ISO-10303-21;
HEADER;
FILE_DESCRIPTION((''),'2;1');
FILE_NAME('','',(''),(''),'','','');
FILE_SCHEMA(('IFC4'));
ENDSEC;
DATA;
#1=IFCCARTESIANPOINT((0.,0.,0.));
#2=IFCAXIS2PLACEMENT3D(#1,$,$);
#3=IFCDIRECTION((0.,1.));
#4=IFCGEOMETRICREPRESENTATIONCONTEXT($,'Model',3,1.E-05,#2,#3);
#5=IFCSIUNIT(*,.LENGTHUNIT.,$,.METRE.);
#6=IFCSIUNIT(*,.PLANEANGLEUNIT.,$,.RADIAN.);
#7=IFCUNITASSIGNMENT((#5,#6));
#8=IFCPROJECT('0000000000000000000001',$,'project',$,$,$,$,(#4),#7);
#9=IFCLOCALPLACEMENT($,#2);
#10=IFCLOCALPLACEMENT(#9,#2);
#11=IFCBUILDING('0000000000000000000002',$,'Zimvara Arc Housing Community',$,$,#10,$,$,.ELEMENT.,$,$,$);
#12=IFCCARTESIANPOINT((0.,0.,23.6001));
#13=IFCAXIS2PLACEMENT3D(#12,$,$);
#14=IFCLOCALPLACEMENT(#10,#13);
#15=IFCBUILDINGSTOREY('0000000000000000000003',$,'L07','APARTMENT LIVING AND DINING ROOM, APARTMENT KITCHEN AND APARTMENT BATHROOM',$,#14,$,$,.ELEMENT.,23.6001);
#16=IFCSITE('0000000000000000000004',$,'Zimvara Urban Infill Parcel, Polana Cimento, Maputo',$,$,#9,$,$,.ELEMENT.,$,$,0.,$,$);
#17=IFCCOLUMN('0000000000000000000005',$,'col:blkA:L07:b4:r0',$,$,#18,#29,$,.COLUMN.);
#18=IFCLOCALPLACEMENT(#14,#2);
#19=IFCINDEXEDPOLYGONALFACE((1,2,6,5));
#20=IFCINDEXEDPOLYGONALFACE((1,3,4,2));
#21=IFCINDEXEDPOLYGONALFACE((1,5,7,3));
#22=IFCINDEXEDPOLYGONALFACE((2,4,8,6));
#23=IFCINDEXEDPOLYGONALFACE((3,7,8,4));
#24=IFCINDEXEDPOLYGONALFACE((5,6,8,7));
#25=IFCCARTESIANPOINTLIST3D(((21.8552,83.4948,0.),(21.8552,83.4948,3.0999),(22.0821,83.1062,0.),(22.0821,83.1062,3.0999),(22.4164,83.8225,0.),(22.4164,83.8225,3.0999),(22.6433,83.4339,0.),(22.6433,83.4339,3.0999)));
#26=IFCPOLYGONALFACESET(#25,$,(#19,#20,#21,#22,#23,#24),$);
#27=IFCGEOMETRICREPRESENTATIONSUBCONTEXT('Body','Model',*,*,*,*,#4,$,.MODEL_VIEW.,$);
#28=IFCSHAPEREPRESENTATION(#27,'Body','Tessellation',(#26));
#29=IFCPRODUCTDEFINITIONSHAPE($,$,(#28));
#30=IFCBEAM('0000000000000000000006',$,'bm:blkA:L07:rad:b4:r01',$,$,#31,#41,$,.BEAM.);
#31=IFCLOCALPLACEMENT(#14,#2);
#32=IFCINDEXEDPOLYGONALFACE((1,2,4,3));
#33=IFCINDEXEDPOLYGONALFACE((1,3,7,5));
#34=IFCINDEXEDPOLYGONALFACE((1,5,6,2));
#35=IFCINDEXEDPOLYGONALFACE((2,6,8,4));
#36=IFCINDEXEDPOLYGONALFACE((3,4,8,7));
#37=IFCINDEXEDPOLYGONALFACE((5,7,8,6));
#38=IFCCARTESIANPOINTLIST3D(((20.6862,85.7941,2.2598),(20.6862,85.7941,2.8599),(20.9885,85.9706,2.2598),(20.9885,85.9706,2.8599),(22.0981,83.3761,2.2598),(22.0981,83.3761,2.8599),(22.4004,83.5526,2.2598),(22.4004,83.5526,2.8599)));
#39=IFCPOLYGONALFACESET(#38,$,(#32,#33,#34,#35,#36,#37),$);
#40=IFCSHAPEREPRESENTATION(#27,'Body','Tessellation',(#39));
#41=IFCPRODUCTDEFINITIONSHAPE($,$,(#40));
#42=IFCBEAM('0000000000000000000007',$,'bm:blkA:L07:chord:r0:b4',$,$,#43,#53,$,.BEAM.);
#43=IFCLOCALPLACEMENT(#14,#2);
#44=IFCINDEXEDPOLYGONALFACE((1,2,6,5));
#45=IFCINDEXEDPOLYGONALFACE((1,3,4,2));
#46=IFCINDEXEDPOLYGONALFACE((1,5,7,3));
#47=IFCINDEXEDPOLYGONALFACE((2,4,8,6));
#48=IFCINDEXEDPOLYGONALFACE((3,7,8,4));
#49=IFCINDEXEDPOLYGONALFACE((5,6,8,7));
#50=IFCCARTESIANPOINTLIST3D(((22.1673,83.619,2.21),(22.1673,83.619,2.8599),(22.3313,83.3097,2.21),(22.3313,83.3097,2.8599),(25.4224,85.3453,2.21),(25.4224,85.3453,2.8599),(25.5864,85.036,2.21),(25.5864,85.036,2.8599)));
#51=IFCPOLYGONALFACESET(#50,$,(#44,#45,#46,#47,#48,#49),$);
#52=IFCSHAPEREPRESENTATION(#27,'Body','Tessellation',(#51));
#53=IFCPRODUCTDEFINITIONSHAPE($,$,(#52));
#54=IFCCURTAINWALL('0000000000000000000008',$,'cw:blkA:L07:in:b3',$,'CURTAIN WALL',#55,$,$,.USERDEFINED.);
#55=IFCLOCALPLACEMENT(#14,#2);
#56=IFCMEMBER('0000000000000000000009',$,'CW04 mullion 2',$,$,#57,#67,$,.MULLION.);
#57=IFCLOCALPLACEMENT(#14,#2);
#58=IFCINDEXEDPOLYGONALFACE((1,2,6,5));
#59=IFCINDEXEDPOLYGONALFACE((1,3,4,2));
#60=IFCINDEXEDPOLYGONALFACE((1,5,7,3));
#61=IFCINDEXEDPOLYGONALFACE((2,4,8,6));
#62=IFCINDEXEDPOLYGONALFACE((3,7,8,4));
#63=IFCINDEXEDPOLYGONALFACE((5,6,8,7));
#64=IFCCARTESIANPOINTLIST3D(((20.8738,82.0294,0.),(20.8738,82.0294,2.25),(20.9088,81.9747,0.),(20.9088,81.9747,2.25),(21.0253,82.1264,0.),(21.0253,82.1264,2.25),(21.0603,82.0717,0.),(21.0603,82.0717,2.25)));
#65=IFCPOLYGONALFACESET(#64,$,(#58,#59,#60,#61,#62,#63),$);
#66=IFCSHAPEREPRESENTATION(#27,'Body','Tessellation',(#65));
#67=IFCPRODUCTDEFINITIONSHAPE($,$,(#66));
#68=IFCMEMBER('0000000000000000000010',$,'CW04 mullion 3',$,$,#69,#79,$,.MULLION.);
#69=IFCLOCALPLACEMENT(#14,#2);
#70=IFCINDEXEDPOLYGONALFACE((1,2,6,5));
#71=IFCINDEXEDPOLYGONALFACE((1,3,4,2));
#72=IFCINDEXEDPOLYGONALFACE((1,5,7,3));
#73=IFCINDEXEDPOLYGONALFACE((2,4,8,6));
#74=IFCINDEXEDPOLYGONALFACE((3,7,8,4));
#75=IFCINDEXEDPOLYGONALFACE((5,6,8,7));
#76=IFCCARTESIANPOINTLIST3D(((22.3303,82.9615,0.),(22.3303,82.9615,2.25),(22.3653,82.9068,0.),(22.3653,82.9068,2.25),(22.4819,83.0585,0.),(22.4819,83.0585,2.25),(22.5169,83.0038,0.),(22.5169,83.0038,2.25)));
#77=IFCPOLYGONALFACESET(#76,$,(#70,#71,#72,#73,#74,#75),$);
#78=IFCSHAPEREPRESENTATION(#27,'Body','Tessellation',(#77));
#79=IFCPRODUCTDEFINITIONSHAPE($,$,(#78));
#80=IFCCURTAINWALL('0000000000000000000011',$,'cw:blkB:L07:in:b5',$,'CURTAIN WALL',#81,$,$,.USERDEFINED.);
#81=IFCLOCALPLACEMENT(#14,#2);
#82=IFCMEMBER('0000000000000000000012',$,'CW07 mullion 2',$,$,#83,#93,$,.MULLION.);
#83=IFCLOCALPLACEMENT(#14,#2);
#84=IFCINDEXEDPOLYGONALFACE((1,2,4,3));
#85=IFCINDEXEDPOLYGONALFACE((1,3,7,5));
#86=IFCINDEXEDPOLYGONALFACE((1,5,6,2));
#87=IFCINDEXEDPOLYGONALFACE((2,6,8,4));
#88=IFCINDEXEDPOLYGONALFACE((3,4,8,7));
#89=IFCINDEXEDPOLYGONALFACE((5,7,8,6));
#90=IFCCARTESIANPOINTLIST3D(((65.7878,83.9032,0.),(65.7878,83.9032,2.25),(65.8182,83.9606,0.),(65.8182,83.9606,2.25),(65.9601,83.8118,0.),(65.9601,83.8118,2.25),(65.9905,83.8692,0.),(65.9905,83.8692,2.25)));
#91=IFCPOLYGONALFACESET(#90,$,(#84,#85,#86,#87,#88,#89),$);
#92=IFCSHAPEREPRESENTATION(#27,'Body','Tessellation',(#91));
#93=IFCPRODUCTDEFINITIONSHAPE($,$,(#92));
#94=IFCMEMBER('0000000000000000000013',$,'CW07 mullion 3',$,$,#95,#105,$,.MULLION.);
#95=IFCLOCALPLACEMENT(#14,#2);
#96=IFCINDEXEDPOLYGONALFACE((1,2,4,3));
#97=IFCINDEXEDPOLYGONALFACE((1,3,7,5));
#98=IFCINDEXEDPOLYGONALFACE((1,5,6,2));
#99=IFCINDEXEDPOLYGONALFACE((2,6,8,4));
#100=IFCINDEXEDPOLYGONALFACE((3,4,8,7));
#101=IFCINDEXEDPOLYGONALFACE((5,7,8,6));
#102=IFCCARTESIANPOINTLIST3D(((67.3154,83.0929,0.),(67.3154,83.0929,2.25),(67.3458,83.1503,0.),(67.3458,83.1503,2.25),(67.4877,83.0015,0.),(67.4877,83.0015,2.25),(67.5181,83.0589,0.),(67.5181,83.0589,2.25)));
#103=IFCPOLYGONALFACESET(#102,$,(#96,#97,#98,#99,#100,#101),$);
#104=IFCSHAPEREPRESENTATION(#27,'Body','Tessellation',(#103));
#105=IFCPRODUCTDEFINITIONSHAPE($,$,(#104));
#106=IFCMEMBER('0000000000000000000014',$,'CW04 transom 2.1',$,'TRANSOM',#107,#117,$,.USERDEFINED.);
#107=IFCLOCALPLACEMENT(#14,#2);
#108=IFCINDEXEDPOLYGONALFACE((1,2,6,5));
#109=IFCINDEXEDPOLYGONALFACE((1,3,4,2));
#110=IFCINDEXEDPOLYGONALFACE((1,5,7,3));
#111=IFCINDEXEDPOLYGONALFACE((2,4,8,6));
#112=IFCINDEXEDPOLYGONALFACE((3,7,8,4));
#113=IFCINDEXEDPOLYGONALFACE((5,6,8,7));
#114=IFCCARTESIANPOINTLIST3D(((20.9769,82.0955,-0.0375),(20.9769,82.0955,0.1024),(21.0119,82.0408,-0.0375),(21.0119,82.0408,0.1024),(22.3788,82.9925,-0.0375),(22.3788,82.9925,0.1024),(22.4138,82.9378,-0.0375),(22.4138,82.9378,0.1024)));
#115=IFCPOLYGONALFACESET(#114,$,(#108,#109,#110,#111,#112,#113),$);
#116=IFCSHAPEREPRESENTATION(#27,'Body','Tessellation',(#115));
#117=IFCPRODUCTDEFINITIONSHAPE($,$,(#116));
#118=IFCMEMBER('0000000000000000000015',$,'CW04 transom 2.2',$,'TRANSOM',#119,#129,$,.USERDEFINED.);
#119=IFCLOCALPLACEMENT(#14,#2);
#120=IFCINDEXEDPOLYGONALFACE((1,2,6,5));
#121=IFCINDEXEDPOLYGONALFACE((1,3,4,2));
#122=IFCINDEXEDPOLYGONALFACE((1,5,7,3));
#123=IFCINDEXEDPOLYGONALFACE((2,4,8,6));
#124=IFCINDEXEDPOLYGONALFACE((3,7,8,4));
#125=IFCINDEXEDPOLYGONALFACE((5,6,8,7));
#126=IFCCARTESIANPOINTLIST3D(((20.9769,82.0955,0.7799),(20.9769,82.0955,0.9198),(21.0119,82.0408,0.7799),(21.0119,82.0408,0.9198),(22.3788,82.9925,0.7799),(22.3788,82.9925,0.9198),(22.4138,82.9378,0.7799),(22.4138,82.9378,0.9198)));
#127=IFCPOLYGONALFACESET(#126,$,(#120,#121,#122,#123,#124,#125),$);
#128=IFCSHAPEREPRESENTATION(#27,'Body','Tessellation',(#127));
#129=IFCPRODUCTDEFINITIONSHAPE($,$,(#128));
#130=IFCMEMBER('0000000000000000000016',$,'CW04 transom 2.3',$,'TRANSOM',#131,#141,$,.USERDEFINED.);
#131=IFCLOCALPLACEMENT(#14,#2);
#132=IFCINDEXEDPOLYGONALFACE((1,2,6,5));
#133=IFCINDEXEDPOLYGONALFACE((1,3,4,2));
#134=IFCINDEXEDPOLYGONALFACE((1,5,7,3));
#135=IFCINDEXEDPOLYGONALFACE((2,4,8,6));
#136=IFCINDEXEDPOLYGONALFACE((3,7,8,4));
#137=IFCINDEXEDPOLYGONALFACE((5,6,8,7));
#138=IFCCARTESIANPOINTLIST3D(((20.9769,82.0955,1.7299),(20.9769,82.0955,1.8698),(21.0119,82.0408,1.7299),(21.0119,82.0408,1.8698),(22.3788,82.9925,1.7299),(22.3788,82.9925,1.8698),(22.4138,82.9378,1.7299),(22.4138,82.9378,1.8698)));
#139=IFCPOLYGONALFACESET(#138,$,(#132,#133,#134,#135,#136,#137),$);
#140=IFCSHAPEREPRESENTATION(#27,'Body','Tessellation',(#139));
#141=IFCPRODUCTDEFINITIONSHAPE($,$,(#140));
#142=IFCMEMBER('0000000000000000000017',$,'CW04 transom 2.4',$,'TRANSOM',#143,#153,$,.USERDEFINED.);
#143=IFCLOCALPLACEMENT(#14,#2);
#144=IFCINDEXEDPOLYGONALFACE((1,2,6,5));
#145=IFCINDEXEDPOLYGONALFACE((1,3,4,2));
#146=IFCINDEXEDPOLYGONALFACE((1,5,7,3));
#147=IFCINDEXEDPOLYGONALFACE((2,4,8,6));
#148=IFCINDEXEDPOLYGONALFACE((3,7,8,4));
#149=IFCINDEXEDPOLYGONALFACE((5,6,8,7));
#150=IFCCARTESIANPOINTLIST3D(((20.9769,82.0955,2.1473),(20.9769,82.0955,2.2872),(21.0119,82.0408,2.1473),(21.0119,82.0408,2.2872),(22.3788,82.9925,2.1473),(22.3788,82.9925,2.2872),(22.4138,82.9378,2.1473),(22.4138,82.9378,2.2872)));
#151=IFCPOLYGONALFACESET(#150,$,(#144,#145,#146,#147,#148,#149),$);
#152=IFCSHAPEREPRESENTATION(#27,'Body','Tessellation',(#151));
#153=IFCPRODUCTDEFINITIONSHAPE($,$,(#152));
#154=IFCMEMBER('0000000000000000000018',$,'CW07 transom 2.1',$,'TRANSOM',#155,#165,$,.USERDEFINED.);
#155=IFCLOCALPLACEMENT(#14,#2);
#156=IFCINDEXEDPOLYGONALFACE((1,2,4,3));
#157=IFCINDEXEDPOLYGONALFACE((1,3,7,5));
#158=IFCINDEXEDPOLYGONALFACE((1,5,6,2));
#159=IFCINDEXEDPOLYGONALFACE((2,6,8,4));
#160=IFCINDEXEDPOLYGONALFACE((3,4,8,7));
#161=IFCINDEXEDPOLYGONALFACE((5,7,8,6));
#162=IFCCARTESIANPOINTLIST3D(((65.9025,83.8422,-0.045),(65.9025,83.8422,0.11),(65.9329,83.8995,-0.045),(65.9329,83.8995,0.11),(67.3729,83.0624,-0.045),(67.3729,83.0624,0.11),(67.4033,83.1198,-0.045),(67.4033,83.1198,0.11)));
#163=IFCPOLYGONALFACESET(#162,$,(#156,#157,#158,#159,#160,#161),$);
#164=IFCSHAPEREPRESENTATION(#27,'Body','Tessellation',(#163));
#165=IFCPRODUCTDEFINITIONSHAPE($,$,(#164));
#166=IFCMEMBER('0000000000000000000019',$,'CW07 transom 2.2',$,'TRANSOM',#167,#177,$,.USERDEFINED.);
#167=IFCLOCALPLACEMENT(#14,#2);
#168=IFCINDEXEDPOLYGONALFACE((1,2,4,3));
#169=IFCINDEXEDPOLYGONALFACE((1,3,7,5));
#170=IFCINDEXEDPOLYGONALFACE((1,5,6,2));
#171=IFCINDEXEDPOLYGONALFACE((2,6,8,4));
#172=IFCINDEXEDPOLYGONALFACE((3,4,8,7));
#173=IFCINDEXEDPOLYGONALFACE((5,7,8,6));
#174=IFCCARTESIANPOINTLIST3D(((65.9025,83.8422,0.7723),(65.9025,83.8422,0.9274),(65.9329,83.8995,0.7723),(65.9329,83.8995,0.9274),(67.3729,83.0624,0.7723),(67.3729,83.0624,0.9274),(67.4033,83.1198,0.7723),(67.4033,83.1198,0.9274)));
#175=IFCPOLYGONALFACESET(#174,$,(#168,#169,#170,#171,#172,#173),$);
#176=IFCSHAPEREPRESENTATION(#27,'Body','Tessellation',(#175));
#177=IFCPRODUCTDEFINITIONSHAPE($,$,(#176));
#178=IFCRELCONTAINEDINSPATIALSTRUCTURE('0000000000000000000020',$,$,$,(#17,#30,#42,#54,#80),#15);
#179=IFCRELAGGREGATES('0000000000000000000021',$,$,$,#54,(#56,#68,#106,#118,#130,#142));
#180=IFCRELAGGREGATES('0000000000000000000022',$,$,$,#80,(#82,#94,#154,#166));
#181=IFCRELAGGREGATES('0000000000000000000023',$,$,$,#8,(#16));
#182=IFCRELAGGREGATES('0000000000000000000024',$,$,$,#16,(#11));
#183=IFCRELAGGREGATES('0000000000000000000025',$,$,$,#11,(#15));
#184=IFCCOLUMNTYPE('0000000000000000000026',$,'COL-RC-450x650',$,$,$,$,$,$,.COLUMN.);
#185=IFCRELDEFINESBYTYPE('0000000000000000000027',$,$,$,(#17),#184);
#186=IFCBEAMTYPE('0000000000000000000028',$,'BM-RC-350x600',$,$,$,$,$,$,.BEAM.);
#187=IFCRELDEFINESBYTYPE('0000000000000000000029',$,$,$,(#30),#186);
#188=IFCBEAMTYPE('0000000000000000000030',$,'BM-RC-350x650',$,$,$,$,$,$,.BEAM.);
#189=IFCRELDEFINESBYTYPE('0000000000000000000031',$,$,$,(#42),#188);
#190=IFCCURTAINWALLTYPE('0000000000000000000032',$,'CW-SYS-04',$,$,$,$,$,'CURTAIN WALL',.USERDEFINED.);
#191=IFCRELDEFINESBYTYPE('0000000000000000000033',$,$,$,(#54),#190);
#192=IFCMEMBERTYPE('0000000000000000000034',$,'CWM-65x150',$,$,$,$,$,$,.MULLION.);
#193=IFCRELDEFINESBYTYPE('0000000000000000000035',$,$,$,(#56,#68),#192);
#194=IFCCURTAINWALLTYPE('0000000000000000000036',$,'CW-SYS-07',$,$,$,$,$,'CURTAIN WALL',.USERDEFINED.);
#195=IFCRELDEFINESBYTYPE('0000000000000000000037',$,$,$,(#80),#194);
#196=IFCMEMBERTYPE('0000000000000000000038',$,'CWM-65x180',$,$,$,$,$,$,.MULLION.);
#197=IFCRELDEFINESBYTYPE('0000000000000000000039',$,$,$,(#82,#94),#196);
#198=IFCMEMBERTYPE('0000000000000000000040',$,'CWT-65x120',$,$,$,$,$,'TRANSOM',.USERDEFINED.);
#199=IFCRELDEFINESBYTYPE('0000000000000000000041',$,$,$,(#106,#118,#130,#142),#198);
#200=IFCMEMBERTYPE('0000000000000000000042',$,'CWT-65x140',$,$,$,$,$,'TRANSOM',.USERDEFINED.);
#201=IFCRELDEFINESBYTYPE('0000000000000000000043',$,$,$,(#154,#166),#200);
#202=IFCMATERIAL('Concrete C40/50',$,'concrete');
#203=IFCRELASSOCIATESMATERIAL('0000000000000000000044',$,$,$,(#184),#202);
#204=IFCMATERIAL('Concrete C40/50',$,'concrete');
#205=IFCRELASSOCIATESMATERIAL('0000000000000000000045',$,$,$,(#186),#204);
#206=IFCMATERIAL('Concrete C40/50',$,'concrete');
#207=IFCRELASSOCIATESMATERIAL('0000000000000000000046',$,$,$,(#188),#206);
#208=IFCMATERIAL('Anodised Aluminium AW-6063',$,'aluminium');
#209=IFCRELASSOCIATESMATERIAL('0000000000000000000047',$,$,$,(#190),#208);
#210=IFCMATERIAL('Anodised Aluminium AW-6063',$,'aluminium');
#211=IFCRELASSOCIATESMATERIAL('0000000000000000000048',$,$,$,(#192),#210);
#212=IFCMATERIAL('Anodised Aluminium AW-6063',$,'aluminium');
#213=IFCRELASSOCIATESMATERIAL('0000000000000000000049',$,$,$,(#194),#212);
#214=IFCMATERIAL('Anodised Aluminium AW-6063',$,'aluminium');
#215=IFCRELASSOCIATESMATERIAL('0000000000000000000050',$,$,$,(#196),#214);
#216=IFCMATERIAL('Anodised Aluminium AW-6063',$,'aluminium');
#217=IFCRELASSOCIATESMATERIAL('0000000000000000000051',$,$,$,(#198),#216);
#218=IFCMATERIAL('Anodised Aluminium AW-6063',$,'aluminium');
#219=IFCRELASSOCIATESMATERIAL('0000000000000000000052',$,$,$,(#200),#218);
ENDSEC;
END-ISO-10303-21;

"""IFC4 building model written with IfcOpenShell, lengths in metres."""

from ifc_helpers import new_model, si_unit, direction, frame, origin, origin_2d, place, context, subcontext, project, spatial, rectangle, extrude, material, material_profile, profile_set, type_object, element, aggregate, save


model = new_model("IFC4")

# Units and contexts
model_context = context("Model", 3, precision=1e-05, world=origin(), true_north=direction((0.0, 1.0)))
body_context = subcontext(model_context, "Body", "Model", "MODEL_VIEW")
ifc_project = project(units=[si_unit("LENGTHUNIT", "METRE"), si_unit("PLANEANGLEUNIT", "RADIAN")], contexts=[model_context])

# Site, building, storey
site_placement = place(None, origin())
site = spatial("IfcSite", under=ifc_project, at=site_placement, Name="Zimvara Urban Infill Parcel, Polana Cimento, Maputo", CompositionType="ELEMENT", RefElevation=0.0)
building_placement = place(site_placement, origin())
building = spatial("IfcBuilding", under=site, at=building_placement, Name="Zimvara Arc Housing Community", CompositionType="ELEMENT")
storey_placement = place(building_placement, frame((0.0, 0.0, 23.6001)))
storey = spatial("IfcBuildingStorey", under=building, at=storey_placement, Name="L07", Description="APARTMENT LIVING AND DINING ROOM, APARTMENT KITCHEN AND APARTMENT BATHROOM", CompositionType="ELEMENT", Elevation=23.6001)

# Column
ifc_material_1 = material(Name="Concrete C40/50", Category="concrete")
ifc_material_profile_1 = material_profile(ifc_material_1, rectangle(XDim=0.45, YDim=0.6499, at=origin_2d()), Name="RC 450x650")
ifc_profile_set_1 = profile_set([ifc_material_profile_1], Name="Concrete C40/50")
column_type = type_object("IfcColumnType", Name="COL-RC-450x650", PredefinedType="COLUMN", material=ifc_profile_set_1)
column_placement = place(storey_placement, frame((22.2493, 83.4644, 0.0), z_axis=(0.0, 0.0, 1.0), x_axis=(-0.504226, 0.863572, 0.0)))
element("IfcColumn", 1, at=column_placement, inside=storey, type_object=column_type, Name="col:blkA:L07:b4:r0", PredefinedType="COLUMN", context=body_context, shape_type="SweptSolid", body=[
    extrude(rectangle(XDim=0.45, YDim=0.6499, at=origin_2d()), origin(), (0.0, 0.0, 1.0), 3.0999),
])

# Beams
ifc_material_2 = material(Name="Concrete C40/50", Category="concrete")
ifc_material_profile_2 = material_profile(ifc_material_2, rectangle(XDim=0.3501, YDim=0.6001, at=origin_2d()), Name="RC 350x600")
ifc_profile_set_2 = profile_set([ifc_material_profile_2], Name="Concrete C40/50")
beam_type_1 = type_object("IfcBeamType", Name="BM-RC-350x600", PredefinedType="BEAM", material=ifc_profile_set_2)
beam_1_placement = place(storey_placement, frame((22.2493, 83.4644, 2.5598), z_axis=(-0.50424, 0.863564, 0.0), x_axis=(-0.863564, -0.50424, 0.0)))
element("IfcBeam", 2, at=beam_1_placement, inside=storey, type_object=beam_type_1, Name="bm:blkA:L07:rad:b4:r01", PredefinedType="BEAM", context=body_context, shape_type="SweptSolid", body=[
    extrude(rectangle(XDim=0.3501, YDim=0.6001, at=origin_2d()), origin(), (0.0, 0.0, 1.0), 2.8),
])
ifc_material_3 = material(Name="Concrete C40/50", Category="concrete")
ifc_material_profile_3 = material_profile(ifc_material_3, rectangle(XDim=0.3501, YDim=0.6499, at=origin_2d()), Name="RC 350x650")
ifc_profile_set_3 = profile_set([ifc_material_profile_3], Name="Concrete C40/50")
beam_type_2 = type_object("IfcBeamType", Name="BM-RC-350x650", PredefinedType="BEAM", material=ifc_profile_set_3)
beam_2_placement = place(storey_placement, frame((22.2493, 83.4644, 2.5349), z_axis=(0.883449, 0.468527, 0.0), x_axis=(-0.468527, 0.883449, 0.0)))
element("IfcBeam", 3, at=beam_2_placement, inside=storey, type_object=beam_type_2, Name="bm:blkA:L07:chord:r0:b4", PredefinedType="BEAM", context=body_context, shape_type="SweptSolid", body=[
    extrude(rectangle(XDim=0.3501, YDim=0.6499, at=origin_2d()), origin(), (0.0, 0.0, 1.0), 3.6846),
])

# Curtain walls, members
ifc_material_4 = material(Name="Anodised Aluminium AW-6063", Category="aluminium")
curtain_wall_type_1 = type_object("IfcCurtainWallType", Name="CW-SYS-04", ElementType="CURTAIN WALL", PredefinedType="USERDEFINED", material=ifc_material_4)
curtain_wall_1_placement = place(storey_placement, origin())
curtain_wall_1 = element("IfcCurtainWall", 4, at=curtain_wall_1_placement, inside=storey, type_object=curtain_wall_type_1, Name="cw:blkA:L07:in:b3", ObjectType="CURTAIN WALL", PredefinedType="USERDEFINED")
ifc_material_5 = material(Name="Anodised Aluminium AW-6063", Category="aluminium")
ifc_material_profile_4 = material_profile(ifc_material_5, rectangle(XDim=0.0649, YDim=0.1799, at=origin_2d()), Name="ALU 65x180")
ifc_profile_set_4 = profile_set([ifc_material_profile_4], Name="Anodised Aluminium AW-6063")
member_type_1 = type_object("IfcMemberType", Name="CWM-65x150", PredefinedType="MULLION", material=ifc_profile_set_4)
member_1_placement = place(storey_placement, frame((20.967, 82.0505, 0.0), z_axis=(0.0, 0.0, 1.0), x_axis=(-0.539064, 0.842265, 0.0)))
member_1 = element("IfcMember", 5, at=member_1_placement, type_object=member_type_1, Name="CW04 mullion 2", PredefinedType="MULLION", context=body_context, shape_type="SweptSolid", body=[
    extrude(rectangle(XDim=0.0649, YDim=0.1799, at=origin_2d()), origin(), (0.0, 0.0, 1.0), 2.25),
])
member_2_placement = place(storey_placement, frame((22.4236, 82.9827, 0.0), z_axis=(0.0, 0.0, 1.0), x_axis=(-0.539064, 0.842265, 0.0)))
member_2 = element("IfcMember", 6, at=member_2_placement, type_object=member_type_1, Name="CW04 mullion 3", PredefinedType="MULLION", context=body_context, shape_type="SweptSolid", body=[
    extrude(rectangle(XDim=0.0649, YDim=0.1799, at=origin_2d()), origin(), (0.0, 0.0, 1.0), 2.25),
])
ifc_material_6 = material(Name="Anodised Aluminium AW-6063", Category="aluminium")
curtain_wall_type_2 = type_object("IfcCurtainWallType", Name="CW-SYS-07", ElementType="CURTAIN WALL", PredefinedType="USERDEFINED", material=ifc_material_6)
curtain_wall_2_placement = place(storey_placement, origin())
curtain_wall_2 = element("IfcCurtainWall", 7, at=curtain_wall_2_placement, inside=storey, type_object=curtain_wall_type_2, Name="cw:blkB:L07:in:b5", ObjectType="CURTAIN WALL", PredefinedType="USERDEFINED")
ifc_material_7 = material(Name="Anodised Aluminium AW-6063", Category="aluminium")
ifc_material_profile_5 = material_profile(ifc_material_7, rectangle(XDim=0.0649, YDim=0.1951, at=origin_2d()), Name="ALU 65x195")
ifc_profile_set_5 = profile_set([ifc_material_profile_5], Name="Anodised Aluminium AW-6063")
member_type_2 = type_object("IfcMemberType", Name="CWM-65x180", PredefinedType="MULLION", material=ifc_profile_set_5)
member_3_placement = place(storey_placement, frame((65.8892, 83.8862, 0.0), z_axis=(0.0, 0.0, 1.0), x_axis=(0.468545, 0.88344, 0.0)))
member_3 = element("IfcMember", 8, at=member_3_placement, type_object=member_type_2, Name="CW07 mullion 2", PredefinedType="MULLION", context=body_context, shape_type="SweptSolid", body=[
    extrude(rectangle(XDim=0.0649, YDim=0.1951, at=origin_2d()), origin(), (0.0, 0.0, 1.0), 2.25),
])
member_4_placement = place(storey_placement, frame((67.4167, 83.0759, 0.0), z_axis=(0.0, 0.0, 1.0), x_axis=(0.468545, 0.88344, 0.0)))
member_4 = element("IfcMember", 9, at=member_4_placement, type_object=member_type_2, Name="CW07 mullion 3", PredefinedType="MULLION", context=body_context, shape_type="SweptSolid", body=[
    extrude(rectangle(XDim=0.0649, YDim=0.1951, at=origin_2d()), origin(), (0.0, 0.0, 1.0), 2.25),
])

# Members
ifc_material_8 = material(Name="Anodised Aluminium AW-6063", Category="aluminium")
ifc_material_profile_6 = material_profile(ifc_material_8, rectangle(XDim=0.0649, YDim=0.1399, at=origin_2d()), Name="ALU 65x140")
ifc_profile_set_6 = profile_set([ifc_material_profile_6], Name="Anodised Aluminium AW-6063")
member_type_3 = type_object("IfcMemberType", Name="CWT-65x120", ElementType="TRANSOM", PredefinedType="USERDEFINED", material=ifc_profile_set_6)
member_5_placement = place(storey_placement, frame((20.9944, 82.0681, 0.0325), z_axis=(0.84233, 0.538962, 0.0), x_axis=(-0.538962, 0.84233, 0.0)))
member_5 = element("IfcMember", 10, at=member_5_placement, type_object=member_type_3, Name="CW04 transom 2.1", ObjectType="TRANSOM", PredefinedType="USERDEFINED", context=body_context, shape_type="SweptSolid", body=[
    extrude(rectangle(XDim=0.0649, YDim=0.1399, at=origin_2d()), origin(), (0.0, 0.0, 1.0), 1.6643),
])
member_6_placement = place(storey_placement, frame((20.9944, 82.0681, 0.8499), z_axis=(0.84233, 0.538962, 0.0), x_axis=(-0.538962, 0.84233, 0.0)))
member_6 = element("IfcMember", 11, at=member_6_placement, type_object=member_type_3, Name="CW04 transom 2.2", ObjectType="TRANSOM", PredefinedType="USERDEFINED", context=body_context, shape_type="SweptSolid", body=[
    extrude(rectangle(XDim=0.0649, YDim=0.1399, at=origin_2d()), origin(), (0.0, 0.0, 1.0), 1.6643),
])
member_7_placement = place(storey_placement, frame((20.9944, 82.0681, 1.7998), z_axis=(0.84233, 0.538962, 0.0), x_axis=(-0.538962, 0.84233, 0.0)))
member_7 = element("IfcMember", 12, at=member_7_placement, type_object=member_type_3, Name="CW04 transom 2.3", ObjectType="TRANSOM", PredefinedType="USERDEFINED", context=body_context, shape_type="SweptSolid", body=[
    extrude(rectangle(XDim=0.0649, YDim=0.1399, at=origin_2d()), origin(), (0.0, 0.0, 1.0), 1.6643),
])
member_8_placement = place(storey_placement, frame((20.9944, 82.0681, 2.2173), z_axis=(0.84233, 0.538962, 0.0), x_axis=(-0.538962, 0.84233, 0.0)))
member_8 = element("IfcMember", 13, at=member_8_placement, type_object=member_type_3, Name="CW04 transom 2.4", ObjectType="TRANSOM", PredefinedType="USERDEFINED", context=body_context, shape_type="SweptSolid", body=[
    extrude(rectangle(XDim=0.0649, YDim=0.1399, at=origin_2d()), origin(), (0.0, 0.0, 1.0), 1.6643),
])
ifc_material_9 = material(Name="Anodised Aluminium AW-6063", Category="aluminium")
ifc_material_profile_7 = material_profile(ifc_material_9, rectangle(XDim=0.0649, YDim=0.155, at=origin_2d()), Name="ALU 65x155")
ifc_profile_set_7 = profile_set([ifc_material_profile_7], Name="Anodised Aluminium AW-6063")
member_type_4 = type_object("IfcMemberType", Name="CWT-65x140", ElementType="TRANSOM", PredefinedType="USERDEFINED", material=ifc_profile_set_7)
member_9_placement = place(storey_placement, frame((65.9177, 83.8708, 0.0325), z_axis=(0.883463, -0.468501, 0.0), x_axis=(0.468501, 0.883463, 0.0)))
member_9 = element("IfcMember", 14, at=member_9_placement, type_object=member_type_4, Name="CW07 transom 2.1", ObjectType="TRANSOM", PredefinedType="USERDEFINED", context=body_context, shape_type="SweptSolid", body=[
    extrude(rectangle(XDim=0.0649, YDim=0.155, at=origin_2d()), origin(), (0.0, 0.0, 1.0), 1.6643),
])
member_10_placement = place(storey_placement, frame((65.9177, 83.8708, 0.8499), z_axis=(0.883463, -0.468501, 0.0), x_axis=(0.468501, 0.883463, 0.0)))
member_10 = element("IfcMember", 15, at=member_10_placement, type_object=member_type_4, Name="CW07 transom 2.2", ObjectType="TRANSOM", PredefinedType="USERDEFINED", context=body_context, shape_type="SweptSolid", body=[
    extrude(rectangle(XDim=0.0649, YDim=0.155, at=origin_2d()), origin(), (0.0, 0.0, 1.0), 1.6643),
])

aggregate(curtain_wall_1, [member_1, member_2, member_5, member_6, member_7, member_8])
aggregate(curtain_wall_2, [member_3, member_4, member_9, member_10])

save(model, "model.ifc")
